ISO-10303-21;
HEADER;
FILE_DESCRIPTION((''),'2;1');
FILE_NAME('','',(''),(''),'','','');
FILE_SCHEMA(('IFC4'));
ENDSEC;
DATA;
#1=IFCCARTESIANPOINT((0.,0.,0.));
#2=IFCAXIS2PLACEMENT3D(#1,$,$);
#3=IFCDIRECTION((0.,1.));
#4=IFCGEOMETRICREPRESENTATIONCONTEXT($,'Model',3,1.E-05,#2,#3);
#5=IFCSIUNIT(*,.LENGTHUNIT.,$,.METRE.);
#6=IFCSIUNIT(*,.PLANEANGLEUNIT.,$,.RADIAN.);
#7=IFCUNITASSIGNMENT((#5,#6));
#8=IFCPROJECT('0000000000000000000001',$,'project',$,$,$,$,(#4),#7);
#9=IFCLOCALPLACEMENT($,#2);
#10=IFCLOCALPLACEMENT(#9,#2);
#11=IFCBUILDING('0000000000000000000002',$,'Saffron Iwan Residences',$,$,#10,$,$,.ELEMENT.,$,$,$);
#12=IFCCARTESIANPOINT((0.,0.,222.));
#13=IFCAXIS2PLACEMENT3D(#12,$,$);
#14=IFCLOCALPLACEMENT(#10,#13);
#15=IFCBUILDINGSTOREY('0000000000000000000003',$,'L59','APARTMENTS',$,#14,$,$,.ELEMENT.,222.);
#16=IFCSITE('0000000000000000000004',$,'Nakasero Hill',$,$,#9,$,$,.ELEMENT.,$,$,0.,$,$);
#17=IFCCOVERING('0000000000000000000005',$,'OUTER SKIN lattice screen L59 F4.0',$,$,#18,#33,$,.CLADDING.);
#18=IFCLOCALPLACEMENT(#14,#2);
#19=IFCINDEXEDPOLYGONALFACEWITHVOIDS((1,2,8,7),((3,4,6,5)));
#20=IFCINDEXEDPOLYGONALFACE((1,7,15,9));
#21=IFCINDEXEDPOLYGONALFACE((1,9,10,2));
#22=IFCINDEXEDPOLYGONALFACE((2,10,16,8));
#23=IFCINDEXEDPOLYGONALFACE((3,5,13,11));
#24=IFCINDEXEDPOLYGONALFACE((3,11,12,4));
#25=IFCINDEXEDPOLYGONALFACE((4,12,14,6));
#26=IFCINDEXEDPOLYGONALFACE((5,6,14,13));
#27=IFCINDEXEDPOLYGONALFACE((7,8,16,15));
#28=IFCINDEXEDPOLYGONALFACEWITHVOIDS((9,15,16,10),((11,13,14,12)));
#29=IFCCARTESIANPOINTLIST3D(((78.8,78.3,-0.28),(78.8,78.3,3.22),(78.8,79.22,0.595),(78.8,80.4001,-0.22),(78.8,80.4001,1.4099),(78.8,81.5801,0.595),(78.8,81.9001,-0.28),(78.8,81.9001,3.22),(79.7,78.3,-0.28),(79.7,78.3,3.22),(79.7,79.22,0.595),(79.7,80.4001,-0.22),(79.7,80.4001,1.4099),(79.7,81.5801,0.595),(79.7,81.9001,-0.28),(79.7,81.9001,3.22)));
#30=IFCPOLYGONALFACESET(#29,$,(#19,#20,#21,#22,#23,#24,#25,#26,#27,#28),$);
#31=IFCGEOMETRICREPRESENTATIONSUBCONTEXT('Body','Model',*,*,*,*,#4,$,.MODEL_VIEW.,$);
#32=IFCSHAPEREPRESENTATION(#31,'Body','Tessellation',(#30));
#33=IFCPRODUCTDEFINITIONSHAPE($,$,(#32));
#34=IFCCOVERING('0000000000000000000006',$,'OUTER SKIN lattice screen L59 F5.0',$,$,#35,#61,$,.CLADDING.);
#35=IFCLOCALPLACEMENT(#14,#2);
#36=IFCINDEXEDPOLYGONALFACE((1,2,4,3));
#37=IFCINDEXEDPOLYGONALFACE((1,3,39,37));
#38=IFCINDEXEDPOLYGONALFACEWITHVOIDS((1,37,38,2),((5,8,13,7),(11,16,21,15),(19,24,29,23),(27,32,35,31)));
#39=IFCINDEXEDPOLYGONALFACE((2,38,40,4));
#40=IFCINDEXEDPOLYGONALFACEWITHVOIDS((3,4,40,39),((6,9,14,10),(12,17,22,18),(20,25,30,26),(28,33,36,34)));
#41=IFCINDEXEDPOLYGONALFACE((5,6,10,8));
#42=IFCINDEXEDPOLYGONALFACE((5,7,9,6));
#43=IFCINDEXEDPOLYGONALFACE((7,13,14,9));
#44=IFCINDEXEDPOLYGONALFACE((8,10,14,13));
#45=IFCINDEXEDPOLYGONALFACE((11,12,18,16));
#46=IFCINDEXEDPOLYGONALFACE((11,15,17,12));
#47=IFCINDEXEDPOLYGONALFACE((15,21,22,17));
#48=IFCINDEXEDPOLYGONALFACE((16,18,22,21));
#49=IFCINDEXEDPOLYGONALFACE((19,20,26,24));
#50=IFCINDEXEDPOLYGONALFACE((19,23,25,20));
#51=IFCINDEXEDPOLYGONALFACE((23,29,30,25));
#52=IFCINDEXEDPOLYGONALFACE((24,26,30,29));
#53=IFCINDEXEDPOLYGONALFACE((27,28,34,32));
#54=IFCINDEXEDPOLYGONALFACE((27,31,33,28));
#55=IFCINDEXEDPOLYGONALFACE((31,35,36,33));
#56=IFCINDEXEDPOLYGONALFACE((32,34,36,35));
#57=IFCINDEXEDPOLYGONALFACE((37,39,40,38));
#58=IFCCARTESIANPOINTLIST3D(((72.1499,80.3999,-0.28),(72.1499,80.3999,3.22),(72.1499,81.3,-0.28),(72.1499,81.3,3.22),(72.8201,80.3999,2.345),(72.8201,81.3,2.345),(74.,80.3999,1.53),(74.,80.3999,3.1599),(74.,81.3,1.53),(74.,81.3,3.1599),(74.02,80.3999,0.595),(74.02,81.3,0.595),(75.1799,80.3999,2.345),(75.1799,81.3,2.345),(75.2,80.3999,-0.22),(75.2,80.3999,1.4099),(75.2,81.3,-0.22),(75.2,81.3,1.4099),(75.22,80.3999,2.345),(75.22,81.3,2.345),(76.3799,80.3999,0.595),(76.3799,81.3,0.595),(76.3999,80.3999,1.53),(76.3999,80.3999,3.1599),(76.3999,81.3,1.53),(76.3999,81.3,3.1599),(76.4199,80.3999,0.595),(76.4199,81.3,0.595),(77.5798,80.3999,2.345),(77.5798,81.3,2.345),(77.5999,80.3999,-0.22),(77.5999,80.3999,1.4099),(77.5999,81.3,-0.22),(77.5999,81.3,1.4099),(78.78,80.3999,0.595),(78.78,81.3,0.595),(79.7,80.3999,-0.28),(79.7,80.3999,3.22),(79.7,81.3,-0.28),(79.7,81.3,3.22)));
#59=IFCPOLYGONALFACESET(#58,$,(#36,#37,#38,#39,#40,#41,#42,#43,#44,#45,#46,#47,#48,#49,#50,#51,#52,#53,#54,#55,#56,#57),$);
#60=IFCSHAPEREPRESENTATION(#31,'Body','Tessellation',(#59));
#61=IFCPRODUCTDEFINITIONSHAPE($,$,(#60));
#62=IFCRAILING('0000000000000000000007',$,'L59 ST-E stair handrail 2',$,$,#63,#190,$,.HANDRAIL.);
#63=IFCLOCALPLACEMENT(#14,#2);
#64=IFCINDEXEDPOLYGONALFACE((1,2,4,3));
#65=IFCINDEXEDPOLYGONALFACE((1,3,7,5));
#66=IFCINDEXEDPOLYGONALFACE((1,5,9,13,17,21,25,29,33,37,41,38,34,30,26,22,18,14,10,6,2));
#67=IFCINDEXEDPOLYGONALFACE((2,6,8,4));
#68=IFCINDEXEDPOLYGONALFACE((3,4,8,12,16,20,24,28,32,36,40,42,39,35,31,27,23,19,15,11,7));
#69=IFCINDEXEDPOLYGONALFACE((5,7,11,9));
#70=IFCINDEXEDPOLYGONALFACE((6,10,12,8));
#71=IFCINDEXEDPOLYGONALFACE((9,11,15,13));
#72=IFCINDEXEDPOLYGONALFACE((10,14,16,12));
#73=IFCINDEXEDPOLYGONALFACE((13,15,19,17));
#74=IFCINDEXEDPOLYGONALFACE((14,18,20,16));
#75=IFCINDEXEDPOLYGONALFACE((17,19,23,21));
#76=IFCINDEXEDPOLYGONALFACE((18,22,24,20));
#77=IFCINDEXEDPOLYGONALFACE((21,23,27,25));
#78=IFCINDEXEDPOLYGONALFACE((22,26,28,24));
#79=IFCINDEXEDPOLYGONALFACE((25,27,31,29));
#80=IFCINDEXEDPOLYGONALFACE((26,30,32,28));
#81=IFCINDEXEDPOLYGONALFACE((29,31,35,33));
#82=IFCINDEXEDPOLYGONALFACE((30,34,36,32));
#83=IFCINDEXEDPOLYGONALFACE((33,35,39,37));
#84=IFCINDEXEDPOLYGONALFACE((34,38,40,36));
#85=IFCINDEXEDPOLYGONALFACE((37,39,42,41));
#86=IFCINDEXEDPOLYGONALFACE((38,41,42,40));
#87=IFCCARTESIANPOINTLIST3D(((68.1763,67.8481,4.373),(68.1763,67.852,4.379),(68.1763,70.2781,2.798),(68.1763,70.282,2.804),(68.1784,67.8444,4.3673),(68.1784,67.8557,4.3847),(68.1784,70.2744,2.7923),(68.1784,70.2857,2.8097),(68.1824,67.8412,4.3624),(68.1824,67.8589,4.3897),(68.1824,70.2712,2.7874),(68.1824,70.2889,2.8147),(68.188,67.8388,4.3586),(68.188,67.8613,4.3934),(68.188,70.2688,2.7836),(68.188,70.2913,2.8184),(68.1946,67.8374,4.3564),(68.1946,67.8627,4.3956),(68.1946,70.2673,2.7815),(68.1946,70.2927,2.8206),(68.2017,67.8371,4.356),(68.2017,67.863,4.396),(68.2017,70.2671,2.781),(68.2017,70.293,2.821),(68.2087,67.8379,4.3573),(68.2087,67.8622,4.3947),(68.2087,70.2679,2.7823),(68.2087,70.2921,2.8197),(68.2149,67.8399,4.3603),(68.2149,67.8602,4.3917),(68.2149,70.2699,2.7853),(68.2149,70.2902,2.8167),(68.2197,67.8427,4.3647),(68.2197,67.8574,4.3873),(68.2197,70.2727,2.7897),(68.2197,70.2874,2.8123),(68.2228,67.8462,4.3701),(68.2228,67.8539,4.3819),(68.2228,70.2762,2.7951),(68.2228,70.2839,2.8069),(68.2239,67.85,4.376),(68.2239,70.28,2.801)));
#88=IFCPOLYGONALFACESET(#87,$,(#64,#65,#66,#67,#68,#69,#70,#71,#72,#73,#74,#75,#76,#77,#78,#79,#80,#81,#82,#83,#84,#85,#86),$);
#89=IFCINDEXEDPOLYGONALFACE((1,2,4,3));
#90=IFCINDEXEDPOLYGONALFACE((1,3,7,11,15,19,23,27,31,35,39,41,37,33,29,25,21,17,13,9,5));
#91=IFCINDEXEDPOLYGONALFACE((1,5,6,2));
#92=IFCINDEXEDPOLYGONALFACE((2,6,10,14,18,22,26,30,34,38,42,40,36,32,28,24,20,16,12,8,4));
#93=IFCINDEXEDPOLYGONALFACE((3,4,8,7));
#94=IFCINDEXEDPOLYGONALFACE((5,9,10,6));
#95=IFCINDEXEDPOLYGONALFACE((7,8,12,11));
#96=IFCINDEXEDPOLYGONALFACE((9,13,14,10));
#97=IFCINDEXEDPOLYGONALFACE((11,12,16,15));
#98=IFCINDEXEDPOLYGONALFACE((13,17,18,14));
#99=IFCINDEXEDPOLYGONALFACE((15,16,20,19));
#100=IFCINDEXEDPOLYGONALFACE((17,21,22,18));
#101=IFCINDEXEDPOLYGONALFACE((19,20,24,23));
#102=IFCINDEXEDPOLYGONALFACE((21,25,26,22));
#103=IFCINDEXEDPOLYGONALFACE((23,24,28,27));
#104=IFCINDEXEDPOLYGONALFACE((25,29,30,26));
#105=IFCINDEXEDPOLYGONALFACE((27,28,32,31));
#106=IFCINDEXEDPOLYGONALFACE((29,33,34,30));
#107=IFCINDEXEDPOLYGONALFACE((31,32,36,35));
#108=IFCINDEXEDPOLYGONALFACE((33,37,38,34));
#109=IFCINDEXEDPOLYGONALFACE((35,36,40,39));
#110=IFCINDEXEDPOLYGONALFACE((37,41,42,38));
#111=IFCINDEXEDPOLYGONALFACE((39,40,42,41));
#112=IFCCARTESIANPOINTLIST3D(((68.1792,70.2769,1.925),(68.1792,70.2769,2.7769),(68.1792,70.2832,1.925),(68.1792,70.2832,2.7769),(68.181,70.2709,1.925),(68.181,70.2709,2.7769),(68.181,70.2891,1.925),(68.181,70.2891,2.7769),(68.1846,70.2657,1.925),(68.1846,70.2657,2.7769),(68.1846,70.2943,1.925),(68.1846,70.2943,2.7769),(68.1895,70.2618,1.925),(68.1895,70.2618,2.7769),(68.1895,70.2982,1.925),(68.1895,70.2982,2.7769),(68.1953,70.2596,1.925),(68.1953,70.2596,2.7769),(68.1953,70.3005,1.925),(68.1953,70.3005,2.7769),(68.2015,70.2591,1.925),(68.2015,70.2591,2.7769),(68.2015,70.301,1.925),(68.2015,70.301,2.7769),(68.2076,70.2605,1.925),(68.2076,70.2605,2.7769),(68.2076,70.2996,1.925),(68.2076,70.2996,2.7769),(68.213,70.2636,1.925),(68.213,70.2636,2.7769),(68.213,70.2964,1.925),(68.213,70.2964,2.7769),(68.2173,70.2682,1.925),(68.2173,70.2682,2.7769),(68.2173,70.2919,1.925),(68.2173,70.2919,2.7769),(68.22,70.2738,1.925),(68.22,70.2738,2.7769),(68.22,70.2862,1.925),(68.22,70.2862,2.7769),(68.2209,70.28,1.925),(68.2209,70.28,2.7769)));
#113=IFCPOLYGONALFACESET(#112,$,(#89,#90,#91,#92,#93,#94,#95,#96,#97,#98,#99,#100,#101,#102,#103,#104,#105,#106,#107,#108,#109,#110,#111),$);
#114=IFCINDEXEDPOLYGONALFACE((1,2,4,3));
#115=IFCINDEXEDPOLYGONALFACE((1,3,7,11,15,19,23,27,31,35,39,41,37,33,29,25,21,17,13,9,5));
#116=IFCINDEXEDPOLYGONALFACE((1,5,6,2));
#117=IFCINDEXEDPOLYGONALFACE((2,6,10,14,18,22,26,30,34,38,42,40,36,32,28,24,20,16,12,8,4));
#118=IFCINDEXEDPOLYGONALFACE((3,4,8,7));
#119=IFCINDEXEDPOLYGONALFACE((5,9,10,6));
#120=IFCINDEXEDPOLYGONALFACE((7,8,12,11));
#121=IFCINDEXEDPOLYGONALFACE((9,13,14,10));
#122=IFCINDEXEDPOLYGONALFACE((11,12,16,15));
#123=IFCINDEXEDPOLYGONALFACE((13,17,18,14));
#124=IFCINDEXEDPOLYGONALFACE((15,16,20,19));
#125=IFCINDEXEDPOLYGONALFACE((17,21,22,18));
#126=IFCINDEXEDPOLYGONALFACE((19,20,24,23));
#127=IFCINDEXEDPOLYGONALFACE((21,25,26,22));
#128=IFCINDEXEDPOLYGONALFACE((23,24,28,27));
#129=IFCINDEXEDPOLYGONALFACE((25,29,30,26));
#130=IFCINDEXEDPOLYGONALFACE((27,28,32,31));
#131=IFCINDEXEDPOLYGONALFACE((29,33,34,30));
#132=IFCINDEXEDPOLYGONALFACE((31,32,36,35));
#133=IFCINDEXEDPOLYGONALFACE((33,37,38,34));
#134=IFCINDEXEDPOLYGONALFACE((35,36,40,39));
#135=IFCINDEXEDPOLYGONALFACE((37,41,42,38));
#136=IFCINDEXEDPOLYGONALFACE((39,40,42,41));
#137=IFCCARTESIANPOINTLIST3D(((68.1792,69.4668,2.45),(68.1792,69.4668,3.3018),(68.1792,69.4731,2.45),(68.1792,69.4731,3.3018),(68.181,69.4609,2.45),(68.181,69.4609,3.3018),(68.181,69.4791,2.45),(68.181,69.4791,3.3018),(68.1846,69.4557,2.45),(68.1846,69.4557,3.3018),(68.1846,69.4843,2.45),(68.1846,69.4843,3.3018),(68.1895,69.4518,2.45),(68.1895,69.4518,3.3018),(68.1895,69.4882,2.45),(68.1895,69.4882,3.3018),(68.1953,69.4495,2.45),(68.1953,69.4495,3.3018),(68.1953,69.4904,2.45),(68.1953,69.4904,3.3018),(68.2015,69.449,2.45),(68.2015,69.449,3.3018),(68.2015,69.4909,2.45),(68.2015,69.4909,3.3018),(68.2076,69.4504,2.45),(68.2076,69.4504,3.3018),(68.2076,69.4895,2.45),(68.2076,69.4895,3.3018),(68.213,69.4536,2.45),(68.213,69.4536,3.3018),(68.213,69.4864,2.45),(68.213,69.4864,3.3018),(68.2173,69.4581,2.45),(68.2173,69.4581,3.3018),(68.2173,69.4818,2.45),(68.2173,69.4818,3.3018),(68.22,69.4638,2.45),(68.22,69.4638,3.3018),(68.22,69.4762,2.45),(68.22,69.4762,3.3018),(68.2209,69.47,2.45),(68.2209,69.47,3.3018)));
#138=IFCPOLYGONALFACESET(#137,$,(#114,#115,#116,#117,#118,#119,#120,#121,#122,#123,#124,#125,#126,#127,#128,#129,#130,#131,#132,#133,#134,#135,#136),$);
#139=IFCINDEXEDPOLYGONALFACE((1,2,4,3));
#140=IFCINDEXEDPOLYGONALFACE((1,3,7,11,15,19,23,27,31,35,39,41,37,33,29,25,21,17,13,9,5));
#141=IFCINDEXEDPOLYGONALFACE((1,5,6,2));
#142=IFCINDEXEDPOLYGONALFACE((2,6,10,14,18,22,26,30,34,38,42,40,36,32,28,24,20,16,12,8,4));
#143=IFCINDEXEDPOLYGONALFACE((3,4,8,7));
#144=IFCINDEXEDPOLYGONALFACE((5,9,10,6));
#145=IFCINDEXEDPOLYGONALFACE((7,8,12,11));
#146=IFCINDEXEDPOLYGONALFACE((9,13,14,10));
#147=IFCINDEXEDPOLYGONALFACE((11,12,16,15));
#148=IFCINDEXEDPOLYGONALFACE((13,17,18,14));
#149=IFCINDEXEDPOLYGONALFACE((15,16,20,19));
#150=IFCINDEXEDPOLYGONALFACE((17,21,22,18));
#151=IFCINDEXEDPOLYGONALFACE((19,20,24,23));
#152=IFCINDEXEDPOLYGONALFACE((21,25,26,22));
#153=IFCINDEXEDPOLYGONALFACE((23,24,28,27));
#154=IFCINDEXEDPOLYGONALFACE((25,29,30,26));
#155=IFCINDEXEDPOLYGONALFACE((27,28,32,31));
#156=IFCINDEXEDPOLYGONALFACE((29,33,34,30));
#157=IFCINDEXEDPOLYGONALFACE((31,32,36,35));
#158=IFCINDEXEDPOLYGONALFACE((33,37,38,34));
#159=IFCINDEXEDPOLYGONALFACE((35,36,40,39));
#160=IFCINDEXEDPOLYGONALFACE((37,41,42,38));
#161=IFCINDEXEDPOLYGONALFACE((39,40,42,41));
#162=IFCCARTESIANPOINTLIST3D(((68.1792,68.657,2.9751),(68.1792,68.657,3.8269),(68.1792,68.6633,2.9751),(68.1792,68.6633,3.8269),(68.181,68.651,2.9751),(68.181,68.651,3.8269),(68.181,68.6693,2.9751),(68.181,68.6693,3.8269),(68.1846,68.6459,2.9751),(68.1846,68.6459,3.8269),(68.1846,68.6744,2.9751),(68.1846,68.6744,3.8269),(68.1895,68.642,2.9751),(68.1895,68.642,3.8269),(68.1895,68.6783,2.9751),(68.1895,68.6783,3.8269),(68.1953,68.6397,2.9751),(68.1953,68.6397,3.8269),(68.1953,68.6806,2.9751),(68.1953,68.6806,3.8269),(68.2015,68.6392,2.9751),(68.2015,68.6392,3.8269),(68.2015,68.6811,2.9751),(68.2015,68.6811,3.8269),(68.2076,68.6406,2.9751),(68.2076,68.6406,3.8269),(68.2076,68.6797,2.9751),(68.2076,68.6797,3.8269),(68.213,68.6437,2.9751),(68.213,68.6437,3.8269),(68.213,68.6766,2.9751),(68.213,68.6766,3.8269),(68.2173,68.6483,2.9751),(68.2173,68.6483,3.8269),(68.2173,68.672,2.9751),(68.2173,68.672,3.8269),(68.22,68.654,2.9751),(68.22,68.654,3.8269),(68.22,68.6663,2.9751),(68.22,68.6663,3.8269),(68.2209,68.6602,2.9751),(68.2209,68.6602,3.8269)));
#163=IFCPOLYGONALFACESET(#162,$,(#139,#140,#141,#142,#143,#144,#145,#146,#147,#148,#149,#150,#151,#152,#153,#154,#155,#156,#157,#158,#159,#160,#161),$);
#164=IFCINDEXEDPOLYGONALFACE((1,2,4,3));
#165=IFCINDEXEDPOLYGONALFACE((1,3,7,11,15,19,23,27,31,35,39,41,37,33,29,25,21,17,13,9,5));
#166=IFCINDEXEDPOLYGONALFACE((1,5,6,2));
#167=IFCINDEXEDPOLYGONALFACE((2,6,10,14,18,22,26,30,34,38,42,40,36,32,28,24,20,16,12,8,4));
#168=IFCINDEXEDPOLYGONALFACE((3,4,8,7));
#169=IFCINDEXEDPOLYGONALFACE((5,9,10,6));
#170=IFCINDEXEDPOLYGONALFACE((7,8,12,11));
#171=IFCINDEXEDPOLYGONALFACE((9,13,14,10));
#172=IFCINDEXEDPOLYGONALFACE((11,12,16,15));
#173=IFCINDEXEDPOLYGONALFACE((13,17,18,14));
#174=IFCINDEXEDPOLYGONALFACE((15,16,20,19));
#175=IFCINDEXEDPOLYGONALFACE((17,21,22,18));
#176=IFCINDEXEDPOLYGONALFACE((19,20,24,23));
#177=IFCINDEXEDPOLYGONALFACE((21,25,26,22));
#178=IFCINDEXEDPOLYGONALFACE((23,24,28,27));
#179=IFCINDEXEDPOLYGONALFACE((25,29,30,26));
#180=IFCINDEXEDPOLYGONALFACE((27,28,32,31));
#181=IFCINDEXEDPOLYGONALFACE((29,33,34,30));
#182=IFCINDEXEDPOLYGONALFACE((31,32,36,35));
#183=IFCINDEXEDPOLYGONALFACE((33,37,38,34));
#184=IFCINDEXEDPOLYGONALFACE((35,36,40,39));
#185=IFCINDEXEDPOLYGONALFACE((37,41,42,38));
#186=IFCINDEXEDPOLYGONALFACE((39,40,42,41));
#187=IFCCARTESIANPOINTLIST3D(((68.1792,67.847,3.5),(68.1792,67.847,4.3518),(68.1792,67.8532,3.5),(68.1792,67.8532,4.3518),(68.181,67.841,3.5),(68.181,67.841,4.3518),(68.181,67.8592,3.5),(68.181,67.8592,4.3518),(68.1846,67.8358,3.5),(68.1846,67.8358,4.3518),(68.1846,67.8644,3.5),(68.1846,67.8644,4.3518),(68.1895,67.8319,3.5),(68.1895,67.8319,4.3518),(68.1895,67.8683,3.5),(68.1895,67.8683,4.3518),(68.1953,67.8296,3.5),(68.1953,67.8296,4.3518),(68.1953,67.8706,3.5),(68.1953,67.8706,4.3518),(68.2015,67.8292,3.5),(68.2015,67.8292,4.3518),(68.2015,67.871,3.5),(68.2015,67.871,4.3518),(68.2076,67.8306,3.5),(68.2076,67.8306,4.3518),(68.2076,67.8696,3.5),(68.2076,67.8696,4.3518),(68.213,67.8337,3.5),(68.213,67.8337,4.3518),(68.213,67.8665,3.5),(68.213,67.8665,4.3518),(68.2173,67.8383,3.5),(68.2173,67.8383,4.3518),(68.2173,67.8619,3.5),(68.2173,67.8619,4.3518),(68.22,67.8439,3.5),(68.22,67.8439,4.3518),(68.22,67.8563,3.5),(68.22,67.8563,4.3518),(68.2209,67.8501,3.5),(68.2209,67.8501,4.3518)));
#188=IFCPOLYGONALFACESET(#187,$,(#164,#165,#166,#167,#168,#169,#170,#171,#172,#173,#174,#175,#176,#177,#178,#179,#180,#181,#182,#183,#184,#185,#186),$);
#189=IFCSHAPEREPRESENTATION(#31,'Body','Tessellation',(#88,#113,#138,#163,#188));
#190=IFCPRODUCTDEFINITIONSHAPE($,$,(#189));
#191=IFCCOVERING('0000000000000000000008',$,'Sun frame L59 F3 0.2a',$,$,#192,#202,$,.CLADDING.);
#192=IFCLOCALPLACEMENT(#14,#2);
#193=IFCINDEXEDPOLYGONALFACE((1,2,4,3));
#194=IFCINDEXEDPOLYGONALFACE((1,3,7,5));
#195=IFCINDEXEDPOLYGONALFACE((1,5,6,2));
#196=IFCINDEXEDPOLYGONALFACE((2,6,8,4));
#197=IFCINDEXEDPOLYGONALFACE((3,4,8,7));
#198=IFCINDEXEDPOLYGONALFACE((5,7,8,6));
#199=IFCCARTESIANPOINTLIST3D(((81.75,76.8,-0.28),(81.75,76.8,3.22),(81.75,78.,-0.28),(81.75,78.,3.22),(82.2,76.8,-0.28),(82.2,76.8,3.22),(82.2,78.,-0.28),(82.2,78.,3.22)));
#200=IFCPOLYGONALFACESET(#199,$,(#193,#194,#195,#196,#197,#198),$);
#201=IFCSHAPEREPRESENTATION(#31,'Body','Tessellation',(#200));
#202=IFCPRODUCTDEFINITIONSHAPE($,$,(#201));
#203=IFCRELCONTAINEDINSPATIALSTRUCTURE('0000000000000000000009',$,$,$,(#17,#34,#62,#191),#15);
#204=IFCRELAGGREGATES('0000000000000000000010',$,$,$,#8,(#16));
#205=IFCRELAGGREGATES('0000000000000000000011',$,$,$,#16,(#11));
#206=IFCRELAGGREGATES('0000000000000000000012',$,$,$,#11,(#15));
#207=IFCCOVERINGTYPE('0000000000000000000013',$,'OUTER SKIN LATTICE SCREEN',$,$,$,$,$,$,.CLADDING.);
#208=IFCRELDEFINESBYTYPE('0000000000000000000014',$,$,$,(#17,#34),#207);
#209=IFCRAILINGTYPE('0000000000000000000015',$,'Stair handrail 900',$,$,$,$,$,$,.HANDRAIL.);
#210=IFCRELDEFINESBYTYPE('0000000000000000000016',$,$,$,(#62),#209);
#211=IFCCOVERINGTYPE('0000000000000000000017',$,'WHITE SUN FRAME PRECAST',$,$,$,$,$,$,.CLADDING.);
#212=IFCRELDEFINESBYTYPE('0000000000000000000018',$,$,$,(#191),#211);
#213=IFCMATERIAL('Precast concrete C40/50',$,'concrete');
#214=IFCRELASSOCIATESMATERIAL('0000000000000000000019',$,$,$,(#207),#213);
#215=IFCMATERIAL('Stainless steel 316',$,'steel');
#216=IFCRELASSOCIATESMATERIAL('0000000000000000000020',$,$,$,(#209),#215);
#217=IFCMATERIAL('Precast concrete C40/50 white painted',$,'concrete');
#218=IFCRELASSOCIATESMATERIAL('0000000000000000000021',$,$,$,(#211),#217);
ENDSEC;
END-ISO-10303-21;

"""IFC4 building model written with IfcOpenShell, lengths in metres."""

from ifc_helpers import new_model, si_unit, direction, frame, origin, origin_2d, place, context, subcontext, project, spatial, polyline, circle, outline, extrude, material, type_object, element, save


model = new_model("IFC4")

# Units and contexts
model_context = context("Model", 3, precision=1e-05, world=origin(), true_north=direction((0.0, 1.0)))
body_context = subcontext(model_context, "Body", "Model", "MODEL_VIEW")
ifc_project = project(units=[si_unit("LENGTHUNIT", "METRE"), si_unit("PLANEANGLEUNIT", "RADIAN")], contexts=[model_context])

# Site, building, storey
site_placement = place(None, origin())
site = spatial("IfcSite", under=ifc_project, at=site_placement, Name="Nakasero Hill", CompositionType="ELEMENT", RefElevation=0.0)
building_placement = place(site_placement, origin())
building = spatial("IfcBuilding", under=site, at=building_placement, Name="Saffron Iwan Residences", CompositionType="ELEMENT")
storey_placement = place(building_placement, frame((0.0, 0.0, 222.0)))
storey = spatial("IfcBuildingStorey", under=building, at=storey_placement, Name="L59", Description="APARTMENTS", CompositionType="ELEMENT", Elevation=222.0)

# Coverings
ifc_material_1 = material(Name="Precast concrete C40/50", Category="concrete")
covering_type_1 = type_object("IfcCoveringType", Name="OUTER SKIN LATTICE SCREEN", PredefinedType="CLADDING", material=ifc_material_1)
covering_1_placement = place(storey_placement, frame((78.8, 78.3, -0.28), z_axis=(1.0, 0.0, 0.0), x_axis=(0.0, 1.0, 0.0)))
element("IfcCovering", 1, at=covering_1_placement, inside=storey, type_object=covering_type_1, Name="OUTER SKIN lattice screen L59 F4.0", PredefinedType="CLADDING", context=body_context, shape_type="SweptSolid", body=[
    extrude(outline(polyline([(0.0, 0.0), (3.6001, 0.0), (3.6001, 3.5), (0.0, 3.5), (0.0, 0.0)]), holes=[polyline([(0.9199, 0.875), (2.1001, 0.0601), (3.28, 0.875), (2.1001, 1.6899), (0.9199, 0.875)])]), origin(), (0.0, 0.0, 1.0), 0.8999),
])
covering_2_placement = place(storey_placement, frame((79.7, 80.3999, -0.28), z_axis=(0.0, 1.0, 0.0), x_axis=(-1.0, 0.0, 0.0)))
element("IfcCovering", 2, at=covering_2_placement, inside=storey, type_object=covering_type_1, Name="OUTER SKIN lattice screen L59 F5.0", PredefinedType="CLADDING", context=body_context, shape_type="SweptSolid", body=[
    extrude(outline(polyline([(0.0, 0.0), (7.55, 0.0), (7.55, 3.5), (0.0, 3.5), (0.0, 0.0)]), holes=[polyline([(0.9199, 0.875), (2.1001, 0.0601), (3.28, 0.875), (2.1001, 1.6899), (0.9199, 0.875)]), polyline([(3.3201, 0.875), (4.5, 0.0601), (5.6799, 0.875), (4.5, 1.6899), (3.3201, 0.875)]), polyline([(2.1201, 2.625), (3.3, 1.8101), (4.48, 2.625), (3.3, 3.4399), (2.1201, 2.625)]), polyline([(4.52, 2.625), (5.7, 1.8101), (6.8799, 2.625), (5.7, 3.4399), (4.52, 2.625)])]), origin(), (0.0, 0.0, 1.0), 0.9001),
])

# Railing
ifc_material_2 = material(Name="Stainless steel 316", Category="steel")
railing_type = type_object("IfcRailingType", Name="Stair handrail 900", PredefinedType="HANDRAIL", material=ifc_material_2)
railing_placement = place(storey_placement, frame((68.2, 70.28, 1.925)))
element("IfcRailing", 3, at=railing_placement, inside=storey, type_object=railing_type, Name="L59 ST-E stair handrail 2", PredefinedType="HANDRAIL", context=body_context, shape_type="SweptSolid", body=[
    extrude(circle(Radius=0.0239, at=origin_2d()), frame((0.0, 0.0, 0.876), z_axis=(0.0, -0.839154, 0.543894), x_axis=(1.0, 0.0, 0.0)), (0.0, 0.0, 1.0), 2.8958),
    extrude(circle(Radius=0.021, at=origin_2d()), origin(), (0.0, 0.0, 1.0), 0.8518),
    extrude(circle(Radius=0.021, at=origin_2d()), frame((0.0, -0.8101, 0.5249)), (0.0, 0.0, 1.0), 0.8518),
    extrude(circle(Radius=0.021, at=origin_2d()), frame((0.0, -1.6199, 1.05)), (0.0, 0.0, 1.0), 0.8518),
    extrude(circle(Radius=0.021, at=origin_2d()), frame((0.0, -2.4299, 1.575)), (0.0, 0.0, 1.0), 0.8518),
])

# Covering
ifc_material_3 = material(Name="Precast concrete C40/50 white painted", Category="concrete")
covering_type_2 = type_object("IfcCoveringType", Name="WHITE SUN FRAME PRECAST", PredefinedType="CLADDING", material=ifc_material_3)
for number, where, z_axis, x_axis, name in (
    (4, (82.2, 76.8, -0.28), (0.0, 1.0, 0.0), (-1.0, 0.0, 0.0), "Sun frame L59 F3 0.2a"),
):
    element("IfcCovering", number, at=place(storey_placement, frame(where, z_axis=z_axis, x_axis=x_axis)), inside=storey, type_object=covering_type_2, Name=name, PredefinedType="CLADDING", context=body_context, shape_type="SweptSolid", body=[
        extrude(outline(polyline([(0.0, 0.0), (0.45, 0.0), (0.45, 3.5), (0.0, 3.5), (0.0, 0.0)])), origin(), (0.0, 0.0, 1.0), 1.2),
    ])

save(model, "model.ifc")
